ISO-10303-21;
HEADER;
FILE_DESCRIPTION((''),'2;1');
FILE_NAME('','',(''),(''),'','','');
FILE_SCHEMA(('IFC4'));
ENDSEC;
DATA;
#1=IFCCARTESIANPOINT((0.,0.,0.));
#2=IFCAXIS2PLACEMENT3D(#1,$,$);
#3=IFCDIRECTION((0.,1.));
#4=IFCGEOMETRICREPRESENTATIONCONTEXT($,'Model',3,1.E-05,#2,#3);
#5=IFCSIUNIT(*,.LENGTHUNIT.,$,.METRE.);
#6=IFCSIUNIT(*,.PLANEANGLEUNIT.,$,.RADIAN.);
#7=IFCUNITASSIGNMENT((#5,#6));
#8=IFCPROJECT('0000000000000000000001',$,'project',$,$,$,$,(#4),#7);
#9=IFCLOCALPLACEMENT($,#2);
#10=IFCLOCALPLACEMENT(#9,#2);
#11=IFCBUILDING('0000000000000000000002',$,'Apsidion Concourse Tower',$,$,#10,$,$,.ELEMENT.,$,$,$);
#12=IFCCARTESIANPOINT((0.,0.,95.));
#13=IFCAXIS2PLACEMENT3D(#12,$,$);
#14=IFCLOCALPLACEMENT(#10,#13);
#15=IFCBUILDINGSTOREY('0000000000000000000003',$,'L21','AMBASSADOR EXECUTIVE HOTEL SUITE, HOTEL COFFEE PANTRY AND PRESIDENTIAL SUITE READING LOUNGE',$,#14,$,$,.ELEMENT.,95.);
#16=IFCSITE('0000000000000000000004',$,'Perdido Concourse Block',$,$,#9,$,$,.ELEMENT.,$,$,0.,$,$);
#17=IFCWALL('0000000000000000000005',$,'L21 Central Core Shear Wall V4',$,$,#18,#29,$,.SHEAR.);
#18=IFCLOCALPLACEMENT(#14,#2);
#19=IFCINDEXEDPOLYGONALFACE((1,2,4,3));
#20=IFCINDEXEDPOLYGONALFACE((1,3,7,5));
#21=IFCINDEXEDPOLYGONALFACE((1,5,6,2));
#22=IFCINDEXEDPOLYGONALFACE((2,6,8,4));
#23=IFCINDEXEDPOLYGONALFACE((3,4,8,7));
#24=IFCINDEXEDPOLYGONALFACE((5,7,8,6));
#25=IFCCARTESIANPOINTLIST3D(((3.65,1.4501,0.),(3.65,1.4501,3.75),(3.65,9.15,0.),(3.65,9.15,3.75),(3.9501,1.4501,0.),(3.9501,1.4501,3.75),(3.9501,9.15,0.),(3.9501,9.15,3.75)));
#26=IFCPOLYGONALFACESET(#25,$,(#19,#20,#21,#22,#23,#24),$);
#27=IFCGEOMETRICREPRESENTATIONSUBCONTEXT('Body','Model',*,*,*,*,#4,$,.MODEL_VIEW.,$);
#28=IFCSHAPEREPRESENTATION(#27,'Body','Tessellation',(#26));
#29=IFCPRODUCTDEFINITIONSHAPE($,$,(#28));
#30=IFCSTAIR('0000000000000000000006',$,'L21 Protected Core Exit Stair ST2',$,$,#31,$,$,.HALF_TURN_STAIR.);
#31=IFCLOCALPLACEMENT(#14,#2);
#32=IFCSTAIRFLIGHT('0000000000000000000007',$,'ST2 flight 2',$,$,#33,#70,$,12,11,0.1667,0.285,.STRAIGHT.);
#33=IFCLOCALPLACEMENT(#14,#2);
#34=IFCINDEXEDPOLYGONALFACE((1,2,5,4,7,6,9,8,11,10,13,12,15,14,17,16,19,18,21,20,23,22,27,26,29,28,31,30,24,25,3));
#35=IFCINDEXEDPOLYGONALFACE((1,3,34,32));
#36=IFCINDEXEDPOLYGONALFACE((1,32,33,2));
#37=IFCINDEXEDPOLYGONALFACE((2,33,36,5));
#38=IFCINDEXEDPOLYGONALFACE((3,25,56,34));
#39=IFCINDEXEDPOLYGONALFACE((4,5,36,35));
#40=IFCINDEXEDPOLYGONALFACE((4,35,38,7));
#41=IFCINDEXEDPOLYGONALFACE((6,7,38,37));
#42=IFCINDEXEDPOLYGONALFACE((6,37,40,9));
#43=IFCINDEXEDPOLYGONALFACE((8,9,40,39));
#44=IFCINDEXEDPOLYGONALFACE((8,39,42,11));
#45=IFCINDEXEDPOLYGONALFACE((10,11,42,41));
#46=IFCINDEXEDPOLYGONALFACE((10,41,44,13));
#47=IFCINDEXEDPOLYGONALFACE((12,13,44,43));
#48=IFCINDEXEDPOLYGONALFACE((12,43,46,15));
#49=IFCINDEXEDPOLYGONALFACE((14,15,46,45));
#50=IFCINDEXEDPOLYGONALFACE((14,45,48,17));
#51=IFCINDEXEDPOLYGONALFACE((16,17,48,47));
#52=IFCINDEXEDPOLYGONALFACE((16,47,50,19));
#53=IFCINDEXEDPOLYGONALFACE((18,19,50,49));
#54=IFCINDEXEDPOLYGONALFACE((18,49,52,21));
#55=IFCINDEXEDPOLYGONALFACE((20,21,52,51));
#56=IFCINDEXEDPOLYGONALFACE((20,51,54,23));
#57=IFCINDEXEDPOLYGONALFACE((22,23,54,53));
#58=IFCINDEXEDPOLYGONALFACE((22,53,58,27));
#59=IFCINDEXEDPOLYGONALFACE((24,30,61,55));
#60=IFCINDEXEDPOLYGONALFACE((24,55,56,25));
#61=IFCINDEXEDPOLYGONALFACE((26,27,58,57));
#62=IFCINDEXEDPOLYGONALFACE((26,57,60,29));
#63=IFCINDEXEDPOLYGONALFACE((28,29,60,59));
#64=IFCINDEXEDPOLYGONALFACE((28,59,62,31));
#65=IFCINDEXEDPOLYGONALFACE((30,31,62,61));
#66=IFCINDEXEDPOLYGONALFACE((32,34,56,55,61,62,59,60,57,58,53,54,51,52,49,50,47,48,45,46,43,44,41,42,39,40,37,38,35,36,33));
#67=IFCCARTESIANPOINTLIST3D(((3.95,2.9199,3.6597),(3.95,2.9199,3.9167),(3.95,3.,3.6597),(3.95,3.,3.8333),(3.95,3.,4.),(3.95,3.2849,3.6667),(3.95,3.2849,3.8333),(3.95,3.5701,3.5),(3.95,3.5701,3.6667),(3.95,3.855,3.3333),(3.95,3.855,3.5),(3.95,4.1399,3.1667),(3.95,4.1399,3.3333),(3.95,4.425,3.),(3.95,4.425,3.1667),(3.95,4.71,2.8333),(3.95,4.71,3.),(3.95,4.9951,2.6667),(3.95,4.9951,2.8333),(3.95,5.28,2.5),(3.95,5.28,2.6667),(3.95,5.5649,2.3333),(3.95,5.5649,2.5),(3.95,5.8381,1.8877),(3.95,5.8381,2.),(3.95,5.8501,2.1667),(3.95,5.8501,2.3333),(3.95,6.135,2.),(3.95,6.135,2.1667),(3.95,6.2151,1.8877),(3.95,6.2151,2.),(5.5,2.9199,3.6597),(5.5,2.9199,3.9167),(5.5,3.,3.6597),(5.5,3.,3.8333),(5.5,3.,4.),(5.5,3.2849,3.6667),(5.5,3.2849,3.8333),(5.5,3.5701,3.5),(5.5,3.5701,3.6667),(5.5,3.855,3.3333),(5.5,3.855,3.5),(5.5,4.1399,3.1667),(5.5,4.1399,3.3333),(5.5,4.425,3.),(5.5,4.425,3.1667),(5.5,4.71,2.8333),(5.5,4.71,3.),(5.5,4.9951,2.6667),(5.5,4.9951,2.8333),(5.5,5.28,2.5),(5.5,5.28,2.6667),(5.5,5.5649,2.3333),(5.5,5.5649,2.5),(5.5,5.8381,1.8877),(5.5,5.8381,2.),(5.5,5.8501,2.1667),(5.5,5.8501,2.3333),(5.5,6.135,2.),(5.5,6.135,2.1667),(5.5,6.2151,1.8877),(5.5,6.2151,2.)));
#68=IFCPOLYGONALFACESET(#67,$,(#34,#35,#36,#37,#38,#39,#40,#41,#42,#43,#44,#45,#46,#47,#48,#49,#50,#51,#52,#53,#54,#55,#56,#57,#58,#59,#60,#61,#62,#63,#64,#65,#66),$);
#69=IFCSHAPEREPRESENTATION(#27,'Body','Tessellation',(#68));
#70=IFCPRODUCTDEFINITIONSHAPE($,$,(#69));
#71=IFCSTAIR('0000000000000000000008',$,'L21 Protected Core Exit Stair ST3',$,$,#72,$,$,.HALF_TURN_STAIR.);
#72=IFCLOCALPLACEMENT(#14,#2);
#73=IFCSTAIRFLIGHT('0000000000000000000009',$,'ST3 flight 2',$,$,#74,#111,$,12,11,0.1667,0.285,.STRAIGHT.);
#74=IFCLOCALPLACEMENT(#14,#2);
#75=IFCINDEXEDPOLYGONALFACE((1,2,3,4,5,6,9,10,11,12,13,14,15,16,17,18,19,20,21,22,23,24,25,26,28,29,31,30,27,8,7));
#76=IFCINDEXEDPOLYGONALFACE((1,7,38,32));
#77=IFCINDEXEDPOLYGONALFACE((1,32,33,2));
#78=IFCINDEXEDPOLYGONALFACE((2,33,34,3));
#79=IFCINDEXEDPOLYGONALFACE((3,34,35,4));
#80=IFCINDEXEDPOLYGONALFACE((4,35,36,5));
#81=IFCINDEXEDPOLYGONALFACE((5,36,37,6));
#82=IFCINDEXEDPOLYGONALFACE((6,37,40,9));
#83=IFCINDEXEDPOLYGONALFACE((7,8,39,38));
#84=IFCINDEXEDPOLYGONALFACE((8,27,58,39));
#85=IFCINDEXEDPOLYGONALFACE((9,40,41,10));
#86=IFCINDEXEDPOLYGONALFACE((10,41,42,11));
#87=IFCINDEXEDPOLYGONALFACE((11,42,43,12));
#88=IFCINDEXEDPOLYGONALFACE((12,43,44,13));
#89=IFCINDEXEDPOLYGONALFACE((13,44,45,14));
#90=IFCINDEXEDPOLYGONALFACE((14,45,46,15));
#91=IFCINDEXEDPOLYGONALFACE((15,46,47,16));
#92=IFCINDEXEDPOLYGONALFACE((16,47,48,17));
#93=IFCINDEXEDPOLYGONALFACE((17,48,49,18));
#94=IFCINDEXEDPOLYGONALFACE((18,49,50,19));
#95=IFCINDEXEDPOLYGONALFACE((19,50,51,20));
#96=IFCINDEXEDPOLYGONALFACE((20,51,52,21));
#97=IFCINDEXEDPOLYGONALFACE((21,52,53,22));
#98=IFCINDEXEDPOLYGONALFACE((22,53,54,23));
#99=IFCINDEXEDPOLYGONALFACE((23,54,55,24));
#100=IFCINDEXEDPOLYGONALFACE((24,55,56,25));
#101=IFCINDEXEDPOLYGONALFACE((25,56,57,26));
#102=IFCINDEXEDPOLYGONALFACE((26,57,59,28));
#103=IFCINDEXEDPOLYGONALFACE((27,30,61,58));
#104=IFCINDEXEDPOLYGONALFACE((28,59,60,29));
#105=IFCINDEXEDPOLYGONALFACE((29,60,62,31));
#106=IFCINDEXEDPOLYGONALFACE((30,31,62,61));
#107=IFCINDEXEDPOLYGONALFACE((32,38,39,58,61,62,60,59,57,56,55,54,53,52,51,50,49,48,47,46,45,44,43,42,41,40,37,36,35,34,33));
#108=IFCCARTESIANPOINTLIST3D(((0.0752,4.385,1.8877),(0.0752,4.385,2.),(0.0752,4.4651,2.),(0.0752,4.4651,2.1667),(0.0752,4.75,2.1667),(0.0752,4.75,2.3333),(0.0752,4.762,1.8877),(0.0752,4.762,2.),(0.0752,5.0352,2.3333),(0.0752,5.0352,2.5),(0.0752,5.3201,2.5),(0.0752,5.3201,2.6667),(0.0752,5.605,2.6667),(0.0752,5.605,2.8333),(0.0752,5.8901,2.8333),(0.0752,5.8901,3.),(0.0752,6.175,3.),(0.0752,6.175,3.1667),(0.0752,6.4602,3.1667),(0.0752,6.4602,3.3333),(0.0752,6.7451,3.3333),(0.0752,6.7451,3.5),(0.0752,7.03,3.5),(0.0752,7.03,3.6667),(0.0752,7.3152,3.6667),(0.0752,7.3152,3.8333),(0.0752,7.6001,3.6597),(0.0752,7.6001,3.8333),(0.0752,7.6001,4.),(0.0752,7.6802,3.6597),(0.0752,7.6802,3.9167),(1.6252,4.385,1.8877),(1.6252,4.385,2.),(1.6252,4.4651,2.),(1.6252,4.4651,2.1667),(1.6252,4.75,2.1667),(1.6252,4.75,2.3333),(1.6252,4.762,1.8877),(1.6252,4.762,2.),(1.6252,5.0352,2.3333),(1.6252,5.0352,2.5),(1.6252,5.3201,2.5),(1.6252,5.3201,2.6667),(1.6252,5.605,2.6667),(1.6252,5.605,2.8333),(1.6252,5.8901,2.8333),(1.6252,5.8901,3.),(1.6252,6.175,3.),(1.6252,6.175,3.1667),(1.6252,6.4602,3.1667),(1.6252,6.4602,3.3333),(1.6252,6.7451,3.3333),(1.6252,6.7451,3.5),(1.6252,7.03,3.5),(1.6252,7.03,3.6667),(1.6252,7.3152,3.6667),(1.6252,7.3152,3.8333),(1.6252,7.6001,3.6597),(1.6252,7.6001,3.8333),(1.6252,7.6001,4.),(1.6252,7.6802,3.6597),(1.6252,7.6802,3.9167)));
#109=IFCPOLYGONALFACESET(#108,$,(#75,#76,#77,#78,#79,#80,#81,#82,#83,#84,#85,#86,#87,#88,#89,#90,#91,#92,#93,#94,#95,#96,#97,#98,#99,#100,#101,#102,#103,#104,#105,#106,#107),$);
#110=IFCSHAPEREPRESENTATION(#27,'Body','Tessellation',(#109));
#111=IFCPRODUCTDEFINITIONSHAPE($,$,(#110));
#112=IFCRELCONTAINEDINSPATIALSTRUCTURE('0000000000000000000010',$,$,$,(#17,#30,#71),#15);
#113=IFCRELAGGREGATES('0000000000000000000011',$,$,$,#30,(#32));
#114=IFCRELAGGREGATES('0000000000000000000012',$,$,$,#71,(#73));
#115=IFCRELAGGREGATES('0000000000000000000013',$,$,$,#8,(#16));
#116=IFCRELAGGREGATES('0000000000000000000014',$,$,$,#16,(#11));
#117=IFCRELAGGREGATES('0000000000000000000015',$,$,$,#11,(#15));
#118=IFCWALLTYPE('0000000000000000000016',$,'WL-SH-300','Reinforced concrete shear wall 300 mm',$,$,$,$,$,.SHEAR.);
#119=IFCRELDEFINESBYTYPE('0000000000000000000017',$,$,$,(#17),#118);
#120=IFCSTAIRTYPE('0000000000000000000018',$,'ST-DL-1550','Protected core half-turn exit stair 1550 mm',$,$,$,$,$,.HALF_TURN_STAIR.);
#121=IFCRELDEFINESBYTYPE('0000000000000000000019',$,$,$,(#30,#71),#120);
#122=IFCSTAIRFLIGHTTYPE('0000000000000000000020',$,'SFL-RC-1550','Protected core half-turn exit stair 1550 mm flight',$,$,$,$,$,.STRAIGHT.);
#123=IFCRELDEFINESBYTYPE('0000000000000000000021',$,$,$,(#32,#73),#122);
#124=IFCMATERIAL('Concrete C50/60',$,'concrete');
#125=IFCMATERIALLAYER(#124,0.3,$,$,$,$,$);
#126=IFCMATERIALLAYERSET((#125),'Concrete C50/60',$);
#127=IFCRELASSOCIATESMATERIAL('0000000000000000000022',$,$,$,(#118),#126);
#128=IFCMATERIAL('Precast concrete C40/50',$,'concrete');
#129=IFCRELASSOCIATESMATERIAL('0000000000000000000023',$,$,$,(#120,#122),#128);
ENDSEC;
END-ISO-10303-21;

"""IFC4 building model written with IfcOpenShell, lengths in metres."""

from ifc_helpers import new_model, si_unit, direction, frame, frame_2d, origin, place, context, subcontext, project, spatial, polyline, rectangle, outline, extrude, material, layer, layer_set, type_object, element, aggregate, save


model = new_model("IFC4")

# Units and contexts
model_context = context("Model", 3, precision=1e-05, world=origin(), true_north=direction((0.0, 1.0)))
body_context = subcontext(model_context, "Body", "Model", "MODEL_VIEW")
ifc_project = project(units=[si_unit("LENGTHUNIT", "METRE"), si_unit("PLANEANGLEUNIT", "RADIAN")], contexts=[model_context])

# Site, building, storey
site_placement = place(None, origin())
site = spatial("IfcSite", under=ifc_project, at=site_placement, Name="Perdido Concourse Block", CompositionType="ELEMENT", RefElevation=0.0)
building_placement = place(site_placement, origin())
building = spatial("IfcBuilding", under=site, at=building_placement, Name="Apsidion Concourse Tower", CompositionType="ELEMENT")
storey_placement = place(building_placement, frame((0.0, 0.0, 95.0)))
storey = spatial("IfcBuildingStorey", under=building, at=storey_placement, Name="L21", Description="AMBASSADOR EXECUTIVE HOTEL SUITE, HOTEL COFFEE PANTRY AND PRESIDENTIAL SUITE READING LOUNGE", CompositionType="ELEMENT", Elevation=95.0)

# Shared definitions
ifc_material_1 = material(Name="Concrete C50/60", Category="concrete")

# Wall
ifc_layer_1 = layer(ifc_material_1, 0.3)
ifc_layer_set_1 = layer_set([ifc_layer_1], Name="Concrete C50/60")
wall_type_1 = type_object("IfcWallType", Name="WL-SH-300", Description="Reinforced concrete shear wall 300 mm", PredefinedType="SHEAR", material=ifc_layer_set_1)
for number, where, z_axis, x_axis, name in (
    (1, (3.8, 1.45, 0.0), (0.0, 0.0, 1.0), (0.0, 1.0, 0.0), "L21 Central Core Shear Wall V4"),
):
    element("IfcWall", number, at=place(storey_placement, frame(where, z_axis=z_axis, x_axis=x_axis)), inside=storey, type_object=wall_type_1, Name=name, PredefinedType="SHEAR", context=body_context, shape_type="SweptSolid", body=[
        extrude(rectangle(XDim=7.7, YDim=0.3, at=frame_2d((3.8501, 0.0))), origin(), (0.0, 0.0, 1.0), 3.75),
    ])

# Stairs, stair flights
ifc_material_2 = material(Name="Precast concrete C40/50", Category="concrete")
stair_type = type_object("IfcStairType", Name="ST-DL-1550", Description="Protected core half-turn exit stair 1550 mm", PredefinedType="HALF_TURN_STAIR", material=ifc_material_2)
stair_1_placement = place(storey_placement, origin())
stair_1 = element("IfcStair", 2, at=stair_1_placement, inside=storey, type_object=stair_type, Name="L21 Protected Core Exit Stair ST2", PredefinedType="HALF_TURN_STAIR")
stair_flight_type = type_object("IfcStairFlightType", Name="SFL-RC-1550", Description="Protected core half-turn exit stair 1550 mm flight", PredefinedType="STRAIGHT", material=ifc_material_2)
stair_flight_1_placement = place(storey_placement, frame((4.7251, 6.135, 2.0), z_axis=(0.0, 0.0, 1.0), x_axis=(0.0, -1.0, 0.0)))
stair_flight_1 = element("IfcStairFlight", 3, at=stair_flight_1_placement, type_object=stair_flight_type, Name="ST2 flight 2", NumberOfRisers=12, NumberOfTreads=11, PredefinedType="STRAIGHT", RiserHeight=0.1667, TreadLength=0.285, context=body_context, shape_type="SweptSolid", body=[
    extrude(outline(polyline([(-0.0801, -0.1123), (-0.0801, 0.0), (0.0, 0.0), (0.0, 0.1667), (0.2849, 0.1667), (0.2849, 0.3333), (0.5701, 0.3333), (0.5701, 0.5), (0.855, 0.5), (0.855, 0.6667), (1.1399, 0.6667), (1.1399, 0.8333), (1.425, 0.8333), (1.425, 1.0), (1.71, 1.0), (1.71, 1.1667), (1.9951, 1.1667), (1.9951, 1.3333), (2.28, 1.3333), (2.28, 1.5), (2.5649, 1.5), (2.5649, 1.6667), (2.8501, 1.6667), (2.8501, 1.8333), (3.135, 1.8333), (3.135, 2.0), (3.2151, 1.9167), (3.2151, 1.6597), (3.135, 1.6597), (0.2969, 0.0), (0.2969, -0.1123), (-0.0801, -0.1123)])), frame((0.0, 0.7749, 0.0), z_axis=(0.0, -1.0, 0.0), x_axis=(1.0, 0.0, 0.0)), (0.0, 0.0, 1.0), 1.55),
])
aggregate(stair_1, [stair_flight_1])
stair_2_placement = place(storey_placement, origin())
stair_2 = element("IfcStair", 4, at=stair_2_placement, inside=storey, type_object=stair_type, Name="L21 Protected Core Exit Stair ST3", PredefinedType="HALF_TURN_STAIR")
stair_flight_2_placement = place(storey_placement, frame((0.8501, 4.4651, 2.0), z_axis=(0.0, 0.0, 1.0), x_axis=(0.0, 1.0, 0.0)))
stair_flight_2 = element("IfcStairFlight", 5, at=stair_flight_2_placement, type_object=stair_flight_type, Name="ST3 flight 2", NumberOfRisers=12, NumberOfTreads=11, PredefinedType="STRAIGHT", RiserHeight=0.1667, TreadLength=0.285, context=body_context, shape_type="SweptSolid", body=[
    extrude(outline(polyline([(-0.0801, -0.1123), (-0.0801, 0.0), (0.0, 0.0), (0.0, 0.1667), (0.2849, 0.1667), (0.2849, 0.3333), (0.5701, 0.3333), (0.5701, 0.5), (0.855, 0.5), (0.855, 0.6667), (1.1399, 0.6667), (1.1399, 0.8333), (1.425, 0.8333), (1.425, 1.0), (1.71, 1.0), (1.71, 1.1667), (1.9951, 1.1667), (1.9951, 1.3333), (2.28, 1.3333), (2.28, 1.5), (2.5649, 1.5), (2.5649, 1.6667), (2.8501, 1.6667), (2.8501, 1.8333), (3.135, 1.8333), (3.135, 2.0), (3.2151, 1.9167), (3.2151, 1.6597), (3.135, 1.6597), (0.2969, 0.0), (0.2969, -0.1123), (-0.0801, -0.1123)])), frame((0.0, 0.7749, 0.0), z_axis=(0.0, -1.0, 0.0), x_axis=(1.0, 0.0, 0.0)), (0.0, 0.0, 1.0), 1.55),
])
aggregate(stair_2, [stair_flight_2])

save(model, "model.ifc")
